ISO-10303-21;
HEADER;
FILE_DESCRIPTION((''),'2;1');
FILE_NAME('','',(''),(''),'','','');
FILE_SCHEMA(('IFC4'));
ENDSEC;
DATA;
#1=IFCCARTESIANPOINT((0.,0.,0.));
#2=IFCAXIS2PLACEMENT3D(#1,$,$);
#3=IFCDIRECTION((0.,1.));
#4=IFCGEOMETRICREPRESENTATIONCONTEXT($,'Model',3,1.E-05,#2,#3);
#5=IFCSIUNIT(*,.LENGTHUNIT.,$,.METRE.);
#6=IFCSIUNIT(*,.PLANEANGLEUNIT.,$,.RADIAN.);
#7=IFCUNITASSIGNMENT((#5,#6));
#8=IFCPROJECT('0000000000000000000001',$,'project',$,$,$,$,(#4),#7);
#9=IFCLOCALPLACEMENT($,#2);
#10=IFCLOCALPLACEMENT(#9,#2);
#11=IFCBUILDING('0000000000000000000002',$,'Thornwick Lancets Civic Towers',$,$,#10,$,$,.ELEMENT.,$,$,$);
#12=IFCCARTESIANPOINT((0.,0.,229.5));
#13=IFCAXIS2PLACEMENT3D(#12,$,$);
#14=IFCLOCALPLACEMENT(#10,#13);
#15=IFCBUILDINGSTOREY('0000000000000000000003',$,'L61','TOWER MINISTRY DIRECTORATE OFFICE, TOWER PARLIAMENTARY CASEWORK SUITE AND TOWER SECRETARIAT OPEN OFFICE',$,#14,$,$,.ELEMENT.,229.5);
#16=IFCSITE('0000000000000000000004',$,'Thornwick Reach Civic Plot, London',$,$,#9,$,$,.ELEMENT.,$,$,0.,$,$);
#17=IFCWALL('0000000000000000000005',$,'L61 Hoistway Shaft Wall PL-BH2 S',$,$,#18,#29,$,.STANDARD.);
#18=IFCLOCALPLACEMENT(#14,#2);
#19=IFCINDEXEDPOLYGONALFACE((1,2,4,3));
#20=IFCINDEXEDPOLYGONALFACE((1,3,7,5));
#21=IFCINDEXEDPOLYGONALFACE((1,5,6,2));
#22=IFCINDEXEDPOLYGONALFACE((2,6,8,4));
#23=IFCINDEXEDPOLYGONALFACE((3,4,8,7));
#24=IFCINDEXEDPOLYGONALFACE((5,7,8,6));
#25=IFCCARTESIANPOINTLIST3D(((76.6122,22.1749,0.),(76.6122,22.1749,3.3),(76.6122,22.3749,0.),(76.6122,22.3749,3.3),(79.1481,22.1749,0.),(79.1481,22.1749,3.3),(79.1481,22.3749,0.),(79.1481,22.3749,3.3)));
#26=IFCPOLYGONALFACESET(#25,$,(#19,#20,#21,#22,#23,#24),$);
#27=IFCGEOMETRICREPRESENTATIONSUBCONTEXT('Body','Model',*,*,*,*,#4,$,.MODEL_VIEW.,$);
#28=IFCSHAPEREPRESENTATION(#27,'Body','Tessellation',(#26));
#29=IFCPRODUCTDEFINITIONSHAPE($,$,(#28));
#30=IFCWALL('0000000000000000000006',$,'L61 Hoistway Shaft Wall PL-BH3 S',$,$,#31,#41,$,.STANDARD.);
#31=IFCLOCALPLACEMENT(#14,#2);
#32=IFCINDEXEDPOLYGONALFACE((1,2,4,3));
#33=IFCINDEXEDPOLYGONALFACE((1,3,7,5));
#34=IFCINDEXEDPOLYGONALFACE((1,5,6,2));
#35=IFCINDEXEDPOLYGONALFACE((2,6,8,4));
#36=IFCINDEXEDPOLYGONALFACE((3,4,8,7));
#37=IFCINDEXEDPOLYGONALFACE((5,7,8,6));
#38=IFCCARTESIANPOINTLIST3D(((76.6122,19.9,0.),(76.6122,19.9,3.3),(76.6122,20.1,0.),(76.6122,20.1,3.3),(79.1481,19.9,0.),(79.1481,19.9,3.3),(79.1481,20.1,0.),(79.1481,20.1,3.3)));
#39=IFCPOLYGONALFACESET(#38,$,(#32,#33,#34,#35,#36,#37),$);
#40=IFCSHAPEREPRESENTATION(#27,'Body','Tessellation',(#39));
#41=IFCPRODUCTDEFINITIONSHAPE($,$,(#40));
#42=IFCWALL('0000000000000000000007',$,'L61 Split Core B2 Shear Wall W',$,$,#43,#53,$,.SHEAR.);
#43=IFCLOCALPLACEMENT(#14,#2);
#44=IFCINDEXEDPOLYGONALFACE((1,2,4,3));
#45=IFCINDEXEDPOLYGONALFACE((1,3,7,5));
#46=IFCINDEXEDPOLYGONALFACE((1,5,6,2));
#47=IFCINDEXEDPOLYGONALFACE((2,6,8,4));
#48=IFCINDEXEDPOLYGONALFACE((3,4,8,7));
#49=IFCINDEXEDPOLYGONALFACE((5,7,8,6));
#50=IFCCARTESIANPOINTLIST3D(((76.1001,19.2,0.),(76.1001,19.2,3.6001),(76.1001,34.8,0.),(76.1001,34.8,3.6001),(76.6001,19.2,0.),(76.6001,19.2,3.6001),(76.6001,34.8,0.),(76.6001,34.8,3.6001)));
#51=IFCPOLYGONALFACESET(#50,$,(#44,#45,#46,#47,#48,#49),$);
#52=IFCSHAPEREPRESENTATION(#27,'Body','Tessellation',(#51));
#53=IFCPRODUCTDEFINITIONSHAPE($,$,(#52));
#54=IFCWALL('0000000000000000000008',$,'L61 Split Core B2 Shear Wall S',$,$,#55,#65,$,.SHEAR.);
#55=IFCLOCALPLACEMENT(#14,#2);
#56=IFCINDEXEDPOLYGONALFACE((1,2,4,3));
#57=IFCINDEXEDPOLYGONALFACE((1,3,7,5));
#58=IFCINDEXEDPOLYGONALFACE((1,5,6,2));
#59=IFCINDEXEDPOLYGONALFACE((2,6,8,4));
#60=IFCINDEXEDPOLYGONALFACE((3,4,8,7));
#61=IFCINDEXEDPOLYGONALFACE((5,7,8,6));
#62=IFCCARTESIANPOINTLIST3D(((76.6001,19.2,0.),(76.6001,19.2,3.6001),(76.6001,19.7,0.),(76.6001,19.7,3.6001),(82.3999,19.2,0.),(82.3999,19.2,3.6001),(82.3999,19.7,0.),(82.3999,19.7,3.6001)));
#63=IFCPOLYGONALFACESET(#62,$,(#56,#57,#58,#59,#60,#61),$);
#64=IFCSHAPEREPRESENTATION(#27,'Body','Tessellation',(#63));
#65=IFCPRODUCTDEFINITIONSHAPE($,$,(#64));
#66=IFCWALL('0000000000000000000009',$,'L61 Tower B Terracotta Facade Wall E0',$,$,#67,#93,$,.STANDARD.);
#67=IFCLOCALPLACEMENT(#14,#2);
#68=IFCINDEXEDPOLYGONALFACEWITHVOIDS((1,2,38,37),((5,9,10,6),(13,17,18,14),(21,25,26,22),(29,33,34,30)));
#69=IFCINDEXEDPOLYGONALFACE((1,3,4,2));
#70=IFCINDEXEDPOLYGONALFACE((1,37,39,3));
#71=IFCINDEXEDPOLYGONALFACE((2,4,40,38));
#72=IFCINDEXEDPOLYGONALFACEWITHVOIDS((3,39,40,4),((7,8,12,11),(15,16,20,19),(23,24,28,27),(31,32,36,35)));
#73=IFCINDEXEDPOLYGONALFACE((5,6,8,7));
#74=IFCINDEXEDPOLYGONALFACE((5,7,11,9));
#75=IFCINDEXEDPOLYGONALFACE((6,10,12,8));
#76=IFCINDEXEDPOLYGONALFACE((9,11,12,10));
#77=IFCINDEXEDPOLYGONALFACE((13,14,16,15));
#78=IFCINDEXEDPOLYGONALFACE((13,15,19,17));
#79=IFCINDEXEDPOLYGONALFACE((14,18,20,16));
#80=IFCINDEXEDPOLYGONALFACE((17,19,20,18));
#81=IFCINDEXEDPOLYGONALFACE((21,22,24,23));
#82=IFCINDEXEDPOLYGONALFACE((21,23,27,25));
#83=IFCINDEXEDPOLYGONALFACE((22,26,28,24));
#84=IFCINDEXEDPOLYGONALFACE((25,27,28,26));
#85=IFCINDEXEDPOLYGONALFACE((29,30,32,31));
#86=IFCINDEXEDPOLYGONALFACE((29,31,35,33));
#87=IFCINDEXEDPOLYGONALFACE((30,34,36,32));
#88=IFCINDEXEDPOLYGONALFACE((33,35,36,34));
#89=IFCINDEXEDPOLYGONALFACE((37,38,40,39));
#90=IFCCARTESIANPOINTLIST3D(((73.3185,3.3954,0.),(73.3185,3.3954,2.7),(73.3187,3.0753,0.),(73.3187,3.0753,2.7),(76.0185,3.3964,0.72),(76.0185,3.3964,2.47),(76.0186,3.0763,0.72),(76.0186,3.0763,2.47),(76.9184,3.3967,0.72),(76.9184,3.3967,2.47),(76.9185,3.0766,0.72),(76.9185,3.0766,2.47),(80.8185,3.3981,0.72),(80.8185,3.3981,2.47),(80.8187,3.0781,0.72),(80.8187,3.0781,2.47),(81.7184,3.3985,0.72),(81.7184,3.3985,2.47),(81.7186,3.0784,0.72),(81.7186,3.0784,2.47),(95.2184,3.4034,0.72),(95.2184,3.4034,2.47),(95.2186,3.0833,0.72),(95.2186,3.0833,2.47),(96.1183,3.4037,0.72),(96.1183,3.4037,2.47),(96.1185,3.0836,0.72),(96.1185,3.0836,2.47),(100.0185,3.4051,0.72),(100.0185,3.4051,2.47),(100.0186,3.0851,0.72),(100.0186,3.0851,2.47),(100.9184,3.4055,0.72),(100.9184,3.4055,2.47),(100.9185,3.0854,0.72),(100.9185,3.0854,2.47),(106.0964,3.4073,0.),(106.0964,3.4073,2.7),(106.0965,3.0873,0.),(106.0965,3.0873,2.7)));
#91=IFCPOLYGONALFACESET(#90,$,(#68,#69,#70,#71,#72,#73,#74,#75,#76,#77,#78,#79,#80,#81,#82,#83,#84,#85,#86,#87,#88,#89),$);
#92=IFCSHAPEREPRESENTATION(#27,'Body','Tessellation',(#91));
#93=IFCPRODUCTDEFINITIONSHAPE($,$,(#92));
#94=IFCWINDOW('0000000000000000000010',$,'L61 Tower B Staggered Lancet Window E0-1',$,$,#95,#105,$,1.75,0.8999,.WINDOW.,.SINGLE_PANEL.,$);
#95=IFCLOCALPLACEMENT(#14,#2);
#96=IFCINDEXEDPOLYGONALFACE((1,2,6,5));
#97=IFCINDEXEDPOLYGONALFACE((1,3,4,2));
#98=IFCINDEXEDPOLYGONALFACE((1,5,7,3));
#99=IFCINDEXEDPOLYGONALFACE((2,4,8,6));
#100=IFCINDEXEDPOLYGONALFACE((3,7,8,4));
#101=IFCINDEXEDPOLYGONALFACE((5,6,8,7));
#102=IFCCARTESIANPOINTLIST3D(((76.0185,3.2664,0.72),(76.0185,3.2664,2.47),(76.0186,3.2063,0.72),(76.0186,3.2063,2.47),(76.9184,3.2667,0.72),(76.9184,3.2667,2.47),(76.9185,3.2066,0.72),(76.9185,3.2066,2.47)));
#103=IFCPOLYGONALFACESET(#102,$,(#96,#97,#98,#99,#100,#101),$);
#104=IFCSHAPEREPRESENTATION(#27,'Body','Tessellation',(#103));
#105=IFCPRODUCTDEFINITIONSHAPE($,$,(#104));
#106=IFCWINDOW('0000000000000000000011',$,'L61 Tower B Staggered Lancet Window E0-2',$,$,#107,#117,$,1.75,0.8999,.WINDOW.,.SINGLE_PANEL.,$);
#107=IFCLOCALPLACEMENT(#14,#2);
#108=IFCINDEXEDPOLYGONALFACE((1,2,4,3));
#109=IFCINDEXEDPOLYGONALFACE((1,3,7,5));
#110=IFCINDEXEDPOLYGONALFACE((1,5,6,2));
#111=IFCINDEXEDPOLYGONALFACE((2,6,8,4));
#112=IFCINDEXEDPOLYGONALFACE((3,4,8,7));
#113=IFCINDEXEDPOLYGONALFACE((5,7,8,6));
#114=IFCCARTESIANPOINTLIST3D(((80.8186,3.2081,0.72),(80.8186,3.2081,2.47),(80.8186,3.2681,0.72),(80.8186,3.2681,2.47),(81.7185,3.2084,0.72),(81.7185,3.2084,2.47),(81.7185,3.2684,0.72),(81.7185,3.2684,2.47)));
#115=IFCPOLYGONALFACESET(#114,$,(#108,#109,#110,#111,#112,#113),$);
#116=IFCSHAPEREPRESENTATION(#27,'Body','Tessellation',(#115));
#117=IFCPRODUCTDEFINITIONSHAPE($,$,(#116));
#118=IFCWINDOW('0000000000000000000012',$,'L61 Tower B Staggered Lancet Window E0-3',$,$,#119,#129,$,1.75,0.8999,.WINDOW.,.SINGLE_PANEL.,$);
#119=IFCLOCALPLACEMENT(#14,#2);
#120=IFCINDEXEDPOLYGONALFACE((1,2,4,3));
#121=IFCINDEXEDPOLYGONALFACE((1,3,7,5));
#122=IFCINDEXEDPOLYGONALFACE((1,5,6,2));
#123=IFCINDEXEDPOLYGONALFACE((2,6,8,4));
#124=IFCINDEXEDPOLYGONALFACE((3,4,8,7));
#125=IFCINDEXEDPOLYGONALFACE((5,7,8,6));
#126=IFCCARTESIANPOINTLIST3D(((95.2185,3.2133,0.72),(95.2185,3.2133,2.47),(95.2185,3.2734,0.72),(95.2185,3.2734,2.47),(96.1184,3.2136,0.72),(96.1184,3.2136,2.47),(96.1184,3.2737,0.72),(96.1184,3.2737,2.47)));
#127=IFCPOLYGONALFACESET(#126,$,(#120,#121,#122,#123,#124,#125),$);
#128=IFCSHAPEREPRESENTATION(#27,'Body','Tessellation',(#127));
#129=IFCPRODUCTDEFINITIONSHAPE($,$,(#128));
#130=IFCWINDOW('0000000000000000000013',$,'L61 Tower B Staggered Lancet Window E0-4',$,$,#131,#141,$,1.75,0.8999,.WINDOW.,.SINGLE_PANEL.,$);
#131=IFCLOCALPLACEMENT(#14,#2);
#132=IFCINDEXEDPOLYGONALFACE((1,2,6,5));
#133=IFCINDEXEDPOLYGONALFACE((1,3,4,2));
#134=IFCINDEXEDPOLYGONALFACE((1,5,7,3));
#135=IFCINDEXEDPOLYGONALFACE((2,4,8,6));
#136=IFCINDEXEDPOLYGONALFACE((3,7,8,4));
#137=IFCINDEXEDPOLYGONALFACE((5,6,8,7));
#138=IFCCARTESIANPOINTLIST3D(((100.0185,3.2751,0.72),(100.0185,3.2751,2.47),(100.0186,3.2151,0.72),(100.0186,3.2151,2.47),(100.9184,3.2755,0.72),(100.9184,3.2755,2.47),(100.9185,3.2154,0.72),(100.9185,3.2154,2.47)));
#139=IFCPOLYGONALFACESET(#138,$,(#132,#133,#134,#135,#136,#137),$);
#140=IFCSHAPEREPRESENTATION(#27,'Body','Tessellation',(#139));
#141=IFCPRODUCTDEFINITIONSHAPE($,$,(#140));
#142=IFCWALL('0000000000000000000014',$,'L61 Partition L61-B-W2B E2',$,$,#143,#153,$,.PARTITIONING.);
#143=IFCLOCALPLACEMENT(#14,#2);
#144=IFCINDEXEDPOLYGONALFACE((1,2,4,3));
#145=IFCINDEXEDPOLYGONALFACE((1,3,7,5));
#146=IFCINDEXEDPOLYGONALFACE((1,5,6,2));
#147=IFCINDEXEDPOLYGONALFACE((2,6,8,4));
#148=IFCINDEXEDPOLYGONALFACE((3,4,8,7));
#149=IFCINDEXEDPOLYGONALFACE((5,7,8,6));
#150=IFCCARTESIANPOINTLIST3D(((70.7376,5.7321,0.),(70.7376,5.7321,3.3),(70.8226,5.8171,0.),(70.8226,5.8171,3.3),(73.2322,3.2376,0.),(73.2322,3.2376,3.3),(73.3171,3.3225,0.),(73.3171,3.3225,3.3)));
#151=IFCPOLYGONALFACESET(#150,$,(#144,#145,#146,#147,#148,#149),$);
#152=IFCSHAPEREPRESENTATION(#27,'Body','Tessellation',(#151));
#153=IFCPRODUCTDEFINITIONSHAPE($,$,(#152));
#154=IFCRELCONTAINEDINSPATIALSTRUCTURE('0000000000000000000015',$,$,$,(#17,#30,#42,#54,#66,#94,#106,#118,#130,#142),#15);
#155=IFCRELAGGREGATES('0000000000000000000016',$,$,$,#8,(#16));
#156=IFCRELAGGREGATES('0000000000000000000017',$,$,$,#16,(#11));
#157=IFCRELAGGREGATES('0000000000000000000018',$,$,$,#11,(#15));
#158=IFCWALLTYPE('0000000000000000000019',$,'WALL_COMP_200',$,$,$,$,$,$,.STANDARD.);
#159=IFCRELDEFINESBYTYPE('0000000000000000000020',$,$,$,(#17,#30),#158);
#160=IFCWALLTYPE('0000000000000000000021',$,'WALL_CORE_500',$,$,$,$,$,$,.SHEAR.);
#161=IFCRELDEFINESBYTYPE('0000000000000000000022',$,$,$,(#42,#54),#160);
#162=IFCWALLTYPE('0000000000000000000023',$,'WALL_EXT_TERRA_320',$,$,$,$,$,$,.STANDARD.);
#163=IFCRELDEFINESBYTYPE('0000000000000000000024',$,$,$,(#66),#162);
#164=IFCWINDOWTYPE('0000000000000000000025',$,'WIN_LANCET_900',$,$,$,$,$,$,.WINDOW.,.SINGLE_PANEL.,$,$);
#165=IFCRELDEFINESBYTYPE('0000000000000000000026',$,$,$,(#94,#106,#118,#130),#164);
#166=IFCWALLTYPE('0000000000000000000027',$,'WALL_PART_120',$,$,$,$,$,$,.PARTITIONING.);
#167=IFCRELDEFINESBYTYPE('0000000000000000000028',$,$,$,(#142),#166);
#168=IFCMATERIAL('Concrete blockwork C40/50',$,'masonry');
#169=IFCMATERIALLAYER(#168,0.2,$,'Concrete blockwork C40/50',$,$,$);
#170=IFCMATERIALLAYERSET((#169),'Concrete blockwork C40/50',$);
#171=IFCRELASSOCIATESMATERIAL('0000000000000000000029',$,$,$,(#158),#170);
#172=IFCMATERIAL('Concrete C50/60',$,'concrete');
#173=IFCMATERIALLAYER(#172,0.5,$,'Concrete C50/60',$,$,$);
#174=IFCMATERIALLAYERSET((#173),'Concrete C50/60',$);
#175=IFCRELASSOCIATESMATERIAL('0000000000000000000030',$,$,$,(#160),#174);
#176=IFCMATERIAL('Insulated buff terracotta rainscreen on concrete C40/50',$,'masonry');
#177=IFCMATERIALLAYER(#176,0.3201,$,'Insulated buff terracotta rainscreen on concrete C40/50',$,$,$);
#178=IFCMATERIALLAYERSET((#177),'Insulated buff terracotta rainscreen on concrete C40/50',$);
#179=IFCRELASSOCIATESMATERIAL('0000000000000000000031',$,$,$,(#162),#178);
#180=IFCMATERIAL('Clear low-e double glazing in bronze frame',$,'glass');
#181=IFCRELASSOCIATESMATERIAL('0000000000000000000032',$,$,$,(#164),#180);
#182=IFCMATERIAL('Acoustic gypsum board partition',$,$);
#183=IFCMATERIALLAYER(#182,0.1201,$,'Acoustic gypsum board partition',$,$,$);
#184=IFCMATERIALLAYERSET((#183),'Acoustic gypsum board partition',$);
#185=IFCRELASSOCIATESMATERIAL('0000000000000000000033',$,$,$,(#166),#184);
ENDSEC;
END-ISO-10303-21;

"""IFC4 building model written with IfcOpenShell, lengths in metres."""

from ifc_helpers import new_model, si_unit, direction, frame, frame_2d, origin, place, context, subcontext, project, spatial, rectangle, extrude, material, layer, layer_set, type_object, element, fill, save


model = new_model("IFC4")

# Units and contexts
model_context = context("Model", 3, precision=1e-05, world=origin(), true_north=direction((0.0, 1.0)))
body_context = subcontext(model_context, "Body", "Model", "MODEL_VIEW")
ifc_project = project(units=[si_unit("LENGTHUNIT", "METRE"), si_unit("PLANEANGLEUNIT", "RADIAN")], contexts=[model_context])

# Site, building, storey
site_placement = place(None, origin())
site = spatial("IfcSite", under=ifc_project, at=site_placement, Name="Thornwick Reach Civic Plot, London", CompositionType="ELEMENT", RefElevation=0.0)
building_placement = place(site_placement, origin())
building = spatial("IfcBuilding", under=site, at=building_placement, Name="Thornwick Lancets Civic Towers", CompositionType="ELEMENT")
storey_placement = place(building_placement, frame((0.0, 0.0, 229.5)))
storey = spatial("IfcBuildingStorey", under=building, at=storey_placement, Name="L61", Description="TOWER MINISTRY DIRECTORATE OFFICE, TOWER PARLIAMENTARY CASEWORK SUITE AND TOWER SECRETARIAT OPEN OFFICE", CompositionType="ELEMENT", Elevation=229.5)

# Shared definitions
ifc_material_1 = material(Name="Concrete C50/60", Category="concrete")

# Walls
ifc_material_2 = material(Name="Concrete blockwork C40/50", Category="masonry")
ifc_layer_1 = layer(ifc_material_2, 0.2, Name="Concrete blockwork C40/50")
ifc_layer_set_1 = layer_set([ifc_layer_1], Name="Concrete blockwork C40/50")
wall_type_1 = type_object("IfcWallType", Name="WALL_COMP_200", PredefinedType="STANDARD", material=ifc_layer_set_1)
for number, where, z_axis, x_axis, name in (
    (1, (76.6121, 22.2749, 0.0), (0.0, 0.0, 1.0), (1.0, 0.0, 0.0), "L61 Hoistway Shaft Wall PL-BH2 S"),
    (2, (76.6121, 20.0, 0.0), (0.0, 0.0, 1.0), (1.0, 0.0, 0.0), "L61 Hoistway Shaft Wall PL-BH3 S"),
):
    element("IfcWall", number, at=place(storey_placement, frame(where, z_axis=z_axis, x_axis=x_axis)), inside=storey, type_object=wall_type_1, Name=name, PredefinedType="STANDARD", context=body_context, shape_type="SweptSolid", body=[
        extrude(rectangle(XDim=2.5359, YDim=0.2, at=frame_2d((1.2681, 0.0))), origin(), (0.0, 0.0, 1.0), 3.3),
    ])
ifc_layer_2 = layer(ifc_material_1, 0.5, Name="Concrete C50/60")
ifc_layer_set_2 = layer_set([ifc_layer_2], Name="Concrete C50/60")
wall_type_2 = type_object("IfcWallType", Name="WALL_CORE_500", PredefinedType="SHEAR", material=ifc_layer_set_2)
wall_1_placement = place(storey_placement, frame((76.3501, 19.2, 0.0), z_axis=(0.0, 0.0, 1.0), x_axis=(0.0, 1.0, 0.0)))
element("IfcWall", 3, at=wall_1_placement, inside=storey, type_object=wall_type_2, Name="L61 Split Core B2 Shear Wall W", PredefinedType="SHEAR", context=body_context, shape_type="SweptSolid", body=[
    extrude(rectangle(XDim=15.6001, YDim=0.5, at=frame_2d((7.8, 0.0))), origin(), (0.0, 0.0, 1.0), 3.6001),
])
wall_2_placement = place(storey_placement, frame((76.6001, 19.45, 0.0), z_axis=(0.0, 0.0, 1.0), x_axis=(1.0, 0.0, 0.0)))
element("IfcWall", 4, at=wall_2_placement, inside=storey, type_object=wall_type_2, Name="L61 Split Core B2 Shear Wall S", PredefinedType="SHEAR", context=body_context, shape_type="SweptSolid", body=[
    extrude(rectangle(XDim=5.7998, YDim=0.5, at=frame_2d((2.8999, 0.0))), origin(), (0.0, 0.0, 1.0), 3.6001),
])

# Wall, openings, windows
ifc_material_3 = material(Name="Insulated buff terracotta rainscreen on concrete C40/50", Category="masonry")
ifc_layer_3 = layer(ifc_material_3, 0.3201, Name="Insulated buff terracotta rainscreen on concrete C40/50")
ifc_layer_set_3 = layer_set([ifc_layer_3], Name="Insulated buff terracotta rainscreen on concrete C40/50")
wall_type_3 = type_object("IfcWallType", Name="WALL_EXT_TERRA_320", PredefinedType="STANDARD", material=ifc_layer_set_3)
wall_3_placement = place(storey_placement, frame((73.3186, 3.2354, 0.0), z_axis=(0.0, 0.0, 1.0), x_axis=(1.0, 0.000365, 0.0)))
wall_3 = element("IfcWall", 5, at=wall_3_placement, inside=storey, type_object=wall_type_3, Name="L61 Tower B Terracotta Facade Wall E0", PredefinedType="STANDARD", context=body_context, shape_type="SweptSolid", body=[
    extrude(rectangle(XDim=32.7778, YDim=0.3201, at=frame_2d((16.3889, 0.0))), origin(), (0.0, 0.0, 1.0), 2.7),
])
opening_1_placement = place(wall_3_placement, frame((2.7, 0.0, 0.72)))
opening_1 = element("IfcOpeningElement", 6, at=opening_1_placement, cuts=wall_3, PredefinedType="OPENING", context=body_context, shape_type="SweptSolid", body=[
    extrude(rectangle(XDim=0.8999, YDim=1.75, at=frame_2d((0.45, 0.875))), frame((0.0, 0.1699, 0.0), z_axis=(0.0, -1.0, 0.0), x_axis=(1.0, 0.0, 0.0)), (0.0, 0.0, 1.0), 0.3401),
])
opening_2_placement = place(wall_3_placement, frame((7.5, 0.0, 0.72)))
opening_2 = element("IfcOpeningElement", 7, at=opening_2_placement, cuts=wall_3, PredefinedType="OPENING", context=body_context, shape_type="SweptSolid", body=[
    extrude(rectangle(XDim=0.8999, YDim=1.75, at=frame_2d((0.45, 0.875))), frame((0.0, 0.1699, 0.0), z_axis=(0.0, -1.0, 0.0), x_axis=(1.0, 0.0, 0.0)), (0.0, 0.0, 1.0), 0.3401),
])
opening_3_placement = place(wall_3_placement, frame((21.8999, 0.0, 0.72)))
opening_3 = element("IfcOpeningElement", 8, at=opening_3_placement, cuts=wall_3, PredefinedType="OPENING", context=body_context, shape_type="SweptSolid", body=[
    extrude(rectangle(XDim=0.8999, YDim=1.75, at=frame_2d((0.45, 0.875))), frame((0.0, 0.1699, 0.0), z_axis=(0.0, -1.0, 0.0), x_axis=(1.0, 0.0, 0.0)), (0.0, 0.0, 1.0), 0.3401),
])
opening_4_placement = place(wall_3_placement, frame((26.7, 0.0, 0.72)))
opening_4 = element("IfcOpeningElement", 9, at=opening_4_placement, cuts=wall_3, PredefinedType="OPENING", context=body_context, shape_type="SweptSolid", body=[
    extrude(rectangle(XDim=0.8999, YDim=1.75, at=frame_2d((0.45, 0.875))), frame((0.0, 0.1699, 0.0), z_axis=(0.0, -1.0, 0.0), x_axis=(1.0, 0.0, 0.0)), (0.0, 0.0, 1.0), 0.3401),
])
ifc_material_4 = material(Name="Clear low-e double glazing in bronze frame", Category="glass")
window_type = type_object("IfcWindowType", Name="WIN_LANCET_900", PartitioningType="SINGLE_PANEL", PredefinedType="WINDOW", material=ifc_material_4)
window_1_placement = place(opening_1_placement, origin())
window_1 = element("IfcWindow", 10, at=window_1_placement, inside=storey, type_object=window_type, Name="L61 Tower B Staggered Lancet Window E0-1", OverallHeight=1.75, OverallWidth=0.8999, PartitioningType="SINGLE_PANEL", PredefinedType="WINDOW", context=body_context, shape_type="SweptSolid", body=[
    extrude(rectangle(XDim=0.8999, YDim=1.75, at=frame_2d((0.45, 0.875))), frame((0.0, 0.03, 0.0), z_axis=(0.0, -1.0, 0.0), x_axis=(1.0, 0.0, 0.0)), (0.0, 0.0, 1.0), 0.0601),
])
fill(opening_1, window_1)
window_2_placement = place(opening_2_placement, origin())
window_2 = element("IfcWindow", 11, at=window_2_placement, inside=storey, type_object=window_type, Name="L61 Tower B Staggered Lancet Window E0-2", OverallHeight=1.75, OverallWidth=0.8999, PartitioningType="SINGLE_PANEL", PredefinedType="WINDOW", context=body_context, shape_type="SweptSolid", body=[
    extrude(rectangle(XDim=0.8999, YDim=1.75, at=frame_2d((0.45, 0.875))), frame((0.0, 0.03, 0.0), z_axis=(0.0, -1.0, 0.0), x_axis=(1.0, 0.0, 0.0)), (0.0, 0.0, 1.0), 0.0601),
])
fill(opening_2, window_2)
window_3_placement = place(opening_3_placement, origin())
window_3 = element("IfcWindow", 12, at=window_3_placement, inside=storey, type_object=window_type, Name="L61 Tower B Staggered Lancet Window E0-3", OverallHeight=1.75, OverallWidth=0.8999, PartitioningType="SINGLE_PANEL", PredefinedType="WINDOW", context=body_context, shape_type="SweptSolid", body=[
    extrude(rectangle(XDim=0.8999, YDim=1.75, at=frame_2d((0.45, 0.875))), frame((0.0, 0.03, 0.0), z_axis=(0.0, -1.0, 0.0), x_axis=(1.0, 0.0, 0.0)), (0.0, 0.0, 1.0), 0.0601),
])
fill(opening_3, window_3)
window_4_placement = place(opening_4_placement, origin())
window_4 = element("IfcWindow", 13, at=window_4_placement, inside=storey, type_object=window_type, Name="L61 Tower B Staggered Lancet Window E0-4", OverallHeight=1.75, OverallWidth=0.8999, PartitioningType="SINGLE_PANEL", PredefinedType="WINDOW", context=body_context, shape_type="SweptSolid", body=[
    extrude(rectangle(XDim=0.8999, YDim=1.75, at=frame_2d((0.45, 0.875))), frame((0.0, 0.03, 0.0), z_axis=(0.0, -1.0, 0.0), x_axis=(1.0, 0.0, 0.0)), (0.0, 0.0, 1.0), 0.0601),
])
fill(opening_4, window_4)

# Wall
ifc_material_5 = material(Name="Acoustic gypsum board partition")
ifc_layer_4 = layer(ifc_material_5, 0.1201, Name="Acoustic gypsum board partition")
ifc_layer_set_4 = layer_set([ifc_layer_4], Name="Acoustic gypsum board partition")
wall_type_4 = type_object("IfcWallType", Name="WALL_PART_120", PredefinedType="PARTITIONING", material=ifc_layer_set_4)
wall_4_placement = place(storey_placement, frame((73.2747, 3.28, 0.0), z_axis=(0.0, 0.0, 1.0), x_axis=(-0.707107, 0.707107, 0.0)))
element("IfcWall", 14, at=wall_4_placement, inside=storey, type_object=wall_type_4, Name="L61 Partition L61-B-W2B E2", PredefinedType="PARTITIONING", context=body_context, shape_type="SweptSolid", body=[
    extrude(rectangle(XDim=3.5278, YDim=0.1201, at=frame_2d((1.7639, 0.0))), origin(), (0.0, 0.0, 1.0), 3.3),
])

save(model, "model.ifc")
